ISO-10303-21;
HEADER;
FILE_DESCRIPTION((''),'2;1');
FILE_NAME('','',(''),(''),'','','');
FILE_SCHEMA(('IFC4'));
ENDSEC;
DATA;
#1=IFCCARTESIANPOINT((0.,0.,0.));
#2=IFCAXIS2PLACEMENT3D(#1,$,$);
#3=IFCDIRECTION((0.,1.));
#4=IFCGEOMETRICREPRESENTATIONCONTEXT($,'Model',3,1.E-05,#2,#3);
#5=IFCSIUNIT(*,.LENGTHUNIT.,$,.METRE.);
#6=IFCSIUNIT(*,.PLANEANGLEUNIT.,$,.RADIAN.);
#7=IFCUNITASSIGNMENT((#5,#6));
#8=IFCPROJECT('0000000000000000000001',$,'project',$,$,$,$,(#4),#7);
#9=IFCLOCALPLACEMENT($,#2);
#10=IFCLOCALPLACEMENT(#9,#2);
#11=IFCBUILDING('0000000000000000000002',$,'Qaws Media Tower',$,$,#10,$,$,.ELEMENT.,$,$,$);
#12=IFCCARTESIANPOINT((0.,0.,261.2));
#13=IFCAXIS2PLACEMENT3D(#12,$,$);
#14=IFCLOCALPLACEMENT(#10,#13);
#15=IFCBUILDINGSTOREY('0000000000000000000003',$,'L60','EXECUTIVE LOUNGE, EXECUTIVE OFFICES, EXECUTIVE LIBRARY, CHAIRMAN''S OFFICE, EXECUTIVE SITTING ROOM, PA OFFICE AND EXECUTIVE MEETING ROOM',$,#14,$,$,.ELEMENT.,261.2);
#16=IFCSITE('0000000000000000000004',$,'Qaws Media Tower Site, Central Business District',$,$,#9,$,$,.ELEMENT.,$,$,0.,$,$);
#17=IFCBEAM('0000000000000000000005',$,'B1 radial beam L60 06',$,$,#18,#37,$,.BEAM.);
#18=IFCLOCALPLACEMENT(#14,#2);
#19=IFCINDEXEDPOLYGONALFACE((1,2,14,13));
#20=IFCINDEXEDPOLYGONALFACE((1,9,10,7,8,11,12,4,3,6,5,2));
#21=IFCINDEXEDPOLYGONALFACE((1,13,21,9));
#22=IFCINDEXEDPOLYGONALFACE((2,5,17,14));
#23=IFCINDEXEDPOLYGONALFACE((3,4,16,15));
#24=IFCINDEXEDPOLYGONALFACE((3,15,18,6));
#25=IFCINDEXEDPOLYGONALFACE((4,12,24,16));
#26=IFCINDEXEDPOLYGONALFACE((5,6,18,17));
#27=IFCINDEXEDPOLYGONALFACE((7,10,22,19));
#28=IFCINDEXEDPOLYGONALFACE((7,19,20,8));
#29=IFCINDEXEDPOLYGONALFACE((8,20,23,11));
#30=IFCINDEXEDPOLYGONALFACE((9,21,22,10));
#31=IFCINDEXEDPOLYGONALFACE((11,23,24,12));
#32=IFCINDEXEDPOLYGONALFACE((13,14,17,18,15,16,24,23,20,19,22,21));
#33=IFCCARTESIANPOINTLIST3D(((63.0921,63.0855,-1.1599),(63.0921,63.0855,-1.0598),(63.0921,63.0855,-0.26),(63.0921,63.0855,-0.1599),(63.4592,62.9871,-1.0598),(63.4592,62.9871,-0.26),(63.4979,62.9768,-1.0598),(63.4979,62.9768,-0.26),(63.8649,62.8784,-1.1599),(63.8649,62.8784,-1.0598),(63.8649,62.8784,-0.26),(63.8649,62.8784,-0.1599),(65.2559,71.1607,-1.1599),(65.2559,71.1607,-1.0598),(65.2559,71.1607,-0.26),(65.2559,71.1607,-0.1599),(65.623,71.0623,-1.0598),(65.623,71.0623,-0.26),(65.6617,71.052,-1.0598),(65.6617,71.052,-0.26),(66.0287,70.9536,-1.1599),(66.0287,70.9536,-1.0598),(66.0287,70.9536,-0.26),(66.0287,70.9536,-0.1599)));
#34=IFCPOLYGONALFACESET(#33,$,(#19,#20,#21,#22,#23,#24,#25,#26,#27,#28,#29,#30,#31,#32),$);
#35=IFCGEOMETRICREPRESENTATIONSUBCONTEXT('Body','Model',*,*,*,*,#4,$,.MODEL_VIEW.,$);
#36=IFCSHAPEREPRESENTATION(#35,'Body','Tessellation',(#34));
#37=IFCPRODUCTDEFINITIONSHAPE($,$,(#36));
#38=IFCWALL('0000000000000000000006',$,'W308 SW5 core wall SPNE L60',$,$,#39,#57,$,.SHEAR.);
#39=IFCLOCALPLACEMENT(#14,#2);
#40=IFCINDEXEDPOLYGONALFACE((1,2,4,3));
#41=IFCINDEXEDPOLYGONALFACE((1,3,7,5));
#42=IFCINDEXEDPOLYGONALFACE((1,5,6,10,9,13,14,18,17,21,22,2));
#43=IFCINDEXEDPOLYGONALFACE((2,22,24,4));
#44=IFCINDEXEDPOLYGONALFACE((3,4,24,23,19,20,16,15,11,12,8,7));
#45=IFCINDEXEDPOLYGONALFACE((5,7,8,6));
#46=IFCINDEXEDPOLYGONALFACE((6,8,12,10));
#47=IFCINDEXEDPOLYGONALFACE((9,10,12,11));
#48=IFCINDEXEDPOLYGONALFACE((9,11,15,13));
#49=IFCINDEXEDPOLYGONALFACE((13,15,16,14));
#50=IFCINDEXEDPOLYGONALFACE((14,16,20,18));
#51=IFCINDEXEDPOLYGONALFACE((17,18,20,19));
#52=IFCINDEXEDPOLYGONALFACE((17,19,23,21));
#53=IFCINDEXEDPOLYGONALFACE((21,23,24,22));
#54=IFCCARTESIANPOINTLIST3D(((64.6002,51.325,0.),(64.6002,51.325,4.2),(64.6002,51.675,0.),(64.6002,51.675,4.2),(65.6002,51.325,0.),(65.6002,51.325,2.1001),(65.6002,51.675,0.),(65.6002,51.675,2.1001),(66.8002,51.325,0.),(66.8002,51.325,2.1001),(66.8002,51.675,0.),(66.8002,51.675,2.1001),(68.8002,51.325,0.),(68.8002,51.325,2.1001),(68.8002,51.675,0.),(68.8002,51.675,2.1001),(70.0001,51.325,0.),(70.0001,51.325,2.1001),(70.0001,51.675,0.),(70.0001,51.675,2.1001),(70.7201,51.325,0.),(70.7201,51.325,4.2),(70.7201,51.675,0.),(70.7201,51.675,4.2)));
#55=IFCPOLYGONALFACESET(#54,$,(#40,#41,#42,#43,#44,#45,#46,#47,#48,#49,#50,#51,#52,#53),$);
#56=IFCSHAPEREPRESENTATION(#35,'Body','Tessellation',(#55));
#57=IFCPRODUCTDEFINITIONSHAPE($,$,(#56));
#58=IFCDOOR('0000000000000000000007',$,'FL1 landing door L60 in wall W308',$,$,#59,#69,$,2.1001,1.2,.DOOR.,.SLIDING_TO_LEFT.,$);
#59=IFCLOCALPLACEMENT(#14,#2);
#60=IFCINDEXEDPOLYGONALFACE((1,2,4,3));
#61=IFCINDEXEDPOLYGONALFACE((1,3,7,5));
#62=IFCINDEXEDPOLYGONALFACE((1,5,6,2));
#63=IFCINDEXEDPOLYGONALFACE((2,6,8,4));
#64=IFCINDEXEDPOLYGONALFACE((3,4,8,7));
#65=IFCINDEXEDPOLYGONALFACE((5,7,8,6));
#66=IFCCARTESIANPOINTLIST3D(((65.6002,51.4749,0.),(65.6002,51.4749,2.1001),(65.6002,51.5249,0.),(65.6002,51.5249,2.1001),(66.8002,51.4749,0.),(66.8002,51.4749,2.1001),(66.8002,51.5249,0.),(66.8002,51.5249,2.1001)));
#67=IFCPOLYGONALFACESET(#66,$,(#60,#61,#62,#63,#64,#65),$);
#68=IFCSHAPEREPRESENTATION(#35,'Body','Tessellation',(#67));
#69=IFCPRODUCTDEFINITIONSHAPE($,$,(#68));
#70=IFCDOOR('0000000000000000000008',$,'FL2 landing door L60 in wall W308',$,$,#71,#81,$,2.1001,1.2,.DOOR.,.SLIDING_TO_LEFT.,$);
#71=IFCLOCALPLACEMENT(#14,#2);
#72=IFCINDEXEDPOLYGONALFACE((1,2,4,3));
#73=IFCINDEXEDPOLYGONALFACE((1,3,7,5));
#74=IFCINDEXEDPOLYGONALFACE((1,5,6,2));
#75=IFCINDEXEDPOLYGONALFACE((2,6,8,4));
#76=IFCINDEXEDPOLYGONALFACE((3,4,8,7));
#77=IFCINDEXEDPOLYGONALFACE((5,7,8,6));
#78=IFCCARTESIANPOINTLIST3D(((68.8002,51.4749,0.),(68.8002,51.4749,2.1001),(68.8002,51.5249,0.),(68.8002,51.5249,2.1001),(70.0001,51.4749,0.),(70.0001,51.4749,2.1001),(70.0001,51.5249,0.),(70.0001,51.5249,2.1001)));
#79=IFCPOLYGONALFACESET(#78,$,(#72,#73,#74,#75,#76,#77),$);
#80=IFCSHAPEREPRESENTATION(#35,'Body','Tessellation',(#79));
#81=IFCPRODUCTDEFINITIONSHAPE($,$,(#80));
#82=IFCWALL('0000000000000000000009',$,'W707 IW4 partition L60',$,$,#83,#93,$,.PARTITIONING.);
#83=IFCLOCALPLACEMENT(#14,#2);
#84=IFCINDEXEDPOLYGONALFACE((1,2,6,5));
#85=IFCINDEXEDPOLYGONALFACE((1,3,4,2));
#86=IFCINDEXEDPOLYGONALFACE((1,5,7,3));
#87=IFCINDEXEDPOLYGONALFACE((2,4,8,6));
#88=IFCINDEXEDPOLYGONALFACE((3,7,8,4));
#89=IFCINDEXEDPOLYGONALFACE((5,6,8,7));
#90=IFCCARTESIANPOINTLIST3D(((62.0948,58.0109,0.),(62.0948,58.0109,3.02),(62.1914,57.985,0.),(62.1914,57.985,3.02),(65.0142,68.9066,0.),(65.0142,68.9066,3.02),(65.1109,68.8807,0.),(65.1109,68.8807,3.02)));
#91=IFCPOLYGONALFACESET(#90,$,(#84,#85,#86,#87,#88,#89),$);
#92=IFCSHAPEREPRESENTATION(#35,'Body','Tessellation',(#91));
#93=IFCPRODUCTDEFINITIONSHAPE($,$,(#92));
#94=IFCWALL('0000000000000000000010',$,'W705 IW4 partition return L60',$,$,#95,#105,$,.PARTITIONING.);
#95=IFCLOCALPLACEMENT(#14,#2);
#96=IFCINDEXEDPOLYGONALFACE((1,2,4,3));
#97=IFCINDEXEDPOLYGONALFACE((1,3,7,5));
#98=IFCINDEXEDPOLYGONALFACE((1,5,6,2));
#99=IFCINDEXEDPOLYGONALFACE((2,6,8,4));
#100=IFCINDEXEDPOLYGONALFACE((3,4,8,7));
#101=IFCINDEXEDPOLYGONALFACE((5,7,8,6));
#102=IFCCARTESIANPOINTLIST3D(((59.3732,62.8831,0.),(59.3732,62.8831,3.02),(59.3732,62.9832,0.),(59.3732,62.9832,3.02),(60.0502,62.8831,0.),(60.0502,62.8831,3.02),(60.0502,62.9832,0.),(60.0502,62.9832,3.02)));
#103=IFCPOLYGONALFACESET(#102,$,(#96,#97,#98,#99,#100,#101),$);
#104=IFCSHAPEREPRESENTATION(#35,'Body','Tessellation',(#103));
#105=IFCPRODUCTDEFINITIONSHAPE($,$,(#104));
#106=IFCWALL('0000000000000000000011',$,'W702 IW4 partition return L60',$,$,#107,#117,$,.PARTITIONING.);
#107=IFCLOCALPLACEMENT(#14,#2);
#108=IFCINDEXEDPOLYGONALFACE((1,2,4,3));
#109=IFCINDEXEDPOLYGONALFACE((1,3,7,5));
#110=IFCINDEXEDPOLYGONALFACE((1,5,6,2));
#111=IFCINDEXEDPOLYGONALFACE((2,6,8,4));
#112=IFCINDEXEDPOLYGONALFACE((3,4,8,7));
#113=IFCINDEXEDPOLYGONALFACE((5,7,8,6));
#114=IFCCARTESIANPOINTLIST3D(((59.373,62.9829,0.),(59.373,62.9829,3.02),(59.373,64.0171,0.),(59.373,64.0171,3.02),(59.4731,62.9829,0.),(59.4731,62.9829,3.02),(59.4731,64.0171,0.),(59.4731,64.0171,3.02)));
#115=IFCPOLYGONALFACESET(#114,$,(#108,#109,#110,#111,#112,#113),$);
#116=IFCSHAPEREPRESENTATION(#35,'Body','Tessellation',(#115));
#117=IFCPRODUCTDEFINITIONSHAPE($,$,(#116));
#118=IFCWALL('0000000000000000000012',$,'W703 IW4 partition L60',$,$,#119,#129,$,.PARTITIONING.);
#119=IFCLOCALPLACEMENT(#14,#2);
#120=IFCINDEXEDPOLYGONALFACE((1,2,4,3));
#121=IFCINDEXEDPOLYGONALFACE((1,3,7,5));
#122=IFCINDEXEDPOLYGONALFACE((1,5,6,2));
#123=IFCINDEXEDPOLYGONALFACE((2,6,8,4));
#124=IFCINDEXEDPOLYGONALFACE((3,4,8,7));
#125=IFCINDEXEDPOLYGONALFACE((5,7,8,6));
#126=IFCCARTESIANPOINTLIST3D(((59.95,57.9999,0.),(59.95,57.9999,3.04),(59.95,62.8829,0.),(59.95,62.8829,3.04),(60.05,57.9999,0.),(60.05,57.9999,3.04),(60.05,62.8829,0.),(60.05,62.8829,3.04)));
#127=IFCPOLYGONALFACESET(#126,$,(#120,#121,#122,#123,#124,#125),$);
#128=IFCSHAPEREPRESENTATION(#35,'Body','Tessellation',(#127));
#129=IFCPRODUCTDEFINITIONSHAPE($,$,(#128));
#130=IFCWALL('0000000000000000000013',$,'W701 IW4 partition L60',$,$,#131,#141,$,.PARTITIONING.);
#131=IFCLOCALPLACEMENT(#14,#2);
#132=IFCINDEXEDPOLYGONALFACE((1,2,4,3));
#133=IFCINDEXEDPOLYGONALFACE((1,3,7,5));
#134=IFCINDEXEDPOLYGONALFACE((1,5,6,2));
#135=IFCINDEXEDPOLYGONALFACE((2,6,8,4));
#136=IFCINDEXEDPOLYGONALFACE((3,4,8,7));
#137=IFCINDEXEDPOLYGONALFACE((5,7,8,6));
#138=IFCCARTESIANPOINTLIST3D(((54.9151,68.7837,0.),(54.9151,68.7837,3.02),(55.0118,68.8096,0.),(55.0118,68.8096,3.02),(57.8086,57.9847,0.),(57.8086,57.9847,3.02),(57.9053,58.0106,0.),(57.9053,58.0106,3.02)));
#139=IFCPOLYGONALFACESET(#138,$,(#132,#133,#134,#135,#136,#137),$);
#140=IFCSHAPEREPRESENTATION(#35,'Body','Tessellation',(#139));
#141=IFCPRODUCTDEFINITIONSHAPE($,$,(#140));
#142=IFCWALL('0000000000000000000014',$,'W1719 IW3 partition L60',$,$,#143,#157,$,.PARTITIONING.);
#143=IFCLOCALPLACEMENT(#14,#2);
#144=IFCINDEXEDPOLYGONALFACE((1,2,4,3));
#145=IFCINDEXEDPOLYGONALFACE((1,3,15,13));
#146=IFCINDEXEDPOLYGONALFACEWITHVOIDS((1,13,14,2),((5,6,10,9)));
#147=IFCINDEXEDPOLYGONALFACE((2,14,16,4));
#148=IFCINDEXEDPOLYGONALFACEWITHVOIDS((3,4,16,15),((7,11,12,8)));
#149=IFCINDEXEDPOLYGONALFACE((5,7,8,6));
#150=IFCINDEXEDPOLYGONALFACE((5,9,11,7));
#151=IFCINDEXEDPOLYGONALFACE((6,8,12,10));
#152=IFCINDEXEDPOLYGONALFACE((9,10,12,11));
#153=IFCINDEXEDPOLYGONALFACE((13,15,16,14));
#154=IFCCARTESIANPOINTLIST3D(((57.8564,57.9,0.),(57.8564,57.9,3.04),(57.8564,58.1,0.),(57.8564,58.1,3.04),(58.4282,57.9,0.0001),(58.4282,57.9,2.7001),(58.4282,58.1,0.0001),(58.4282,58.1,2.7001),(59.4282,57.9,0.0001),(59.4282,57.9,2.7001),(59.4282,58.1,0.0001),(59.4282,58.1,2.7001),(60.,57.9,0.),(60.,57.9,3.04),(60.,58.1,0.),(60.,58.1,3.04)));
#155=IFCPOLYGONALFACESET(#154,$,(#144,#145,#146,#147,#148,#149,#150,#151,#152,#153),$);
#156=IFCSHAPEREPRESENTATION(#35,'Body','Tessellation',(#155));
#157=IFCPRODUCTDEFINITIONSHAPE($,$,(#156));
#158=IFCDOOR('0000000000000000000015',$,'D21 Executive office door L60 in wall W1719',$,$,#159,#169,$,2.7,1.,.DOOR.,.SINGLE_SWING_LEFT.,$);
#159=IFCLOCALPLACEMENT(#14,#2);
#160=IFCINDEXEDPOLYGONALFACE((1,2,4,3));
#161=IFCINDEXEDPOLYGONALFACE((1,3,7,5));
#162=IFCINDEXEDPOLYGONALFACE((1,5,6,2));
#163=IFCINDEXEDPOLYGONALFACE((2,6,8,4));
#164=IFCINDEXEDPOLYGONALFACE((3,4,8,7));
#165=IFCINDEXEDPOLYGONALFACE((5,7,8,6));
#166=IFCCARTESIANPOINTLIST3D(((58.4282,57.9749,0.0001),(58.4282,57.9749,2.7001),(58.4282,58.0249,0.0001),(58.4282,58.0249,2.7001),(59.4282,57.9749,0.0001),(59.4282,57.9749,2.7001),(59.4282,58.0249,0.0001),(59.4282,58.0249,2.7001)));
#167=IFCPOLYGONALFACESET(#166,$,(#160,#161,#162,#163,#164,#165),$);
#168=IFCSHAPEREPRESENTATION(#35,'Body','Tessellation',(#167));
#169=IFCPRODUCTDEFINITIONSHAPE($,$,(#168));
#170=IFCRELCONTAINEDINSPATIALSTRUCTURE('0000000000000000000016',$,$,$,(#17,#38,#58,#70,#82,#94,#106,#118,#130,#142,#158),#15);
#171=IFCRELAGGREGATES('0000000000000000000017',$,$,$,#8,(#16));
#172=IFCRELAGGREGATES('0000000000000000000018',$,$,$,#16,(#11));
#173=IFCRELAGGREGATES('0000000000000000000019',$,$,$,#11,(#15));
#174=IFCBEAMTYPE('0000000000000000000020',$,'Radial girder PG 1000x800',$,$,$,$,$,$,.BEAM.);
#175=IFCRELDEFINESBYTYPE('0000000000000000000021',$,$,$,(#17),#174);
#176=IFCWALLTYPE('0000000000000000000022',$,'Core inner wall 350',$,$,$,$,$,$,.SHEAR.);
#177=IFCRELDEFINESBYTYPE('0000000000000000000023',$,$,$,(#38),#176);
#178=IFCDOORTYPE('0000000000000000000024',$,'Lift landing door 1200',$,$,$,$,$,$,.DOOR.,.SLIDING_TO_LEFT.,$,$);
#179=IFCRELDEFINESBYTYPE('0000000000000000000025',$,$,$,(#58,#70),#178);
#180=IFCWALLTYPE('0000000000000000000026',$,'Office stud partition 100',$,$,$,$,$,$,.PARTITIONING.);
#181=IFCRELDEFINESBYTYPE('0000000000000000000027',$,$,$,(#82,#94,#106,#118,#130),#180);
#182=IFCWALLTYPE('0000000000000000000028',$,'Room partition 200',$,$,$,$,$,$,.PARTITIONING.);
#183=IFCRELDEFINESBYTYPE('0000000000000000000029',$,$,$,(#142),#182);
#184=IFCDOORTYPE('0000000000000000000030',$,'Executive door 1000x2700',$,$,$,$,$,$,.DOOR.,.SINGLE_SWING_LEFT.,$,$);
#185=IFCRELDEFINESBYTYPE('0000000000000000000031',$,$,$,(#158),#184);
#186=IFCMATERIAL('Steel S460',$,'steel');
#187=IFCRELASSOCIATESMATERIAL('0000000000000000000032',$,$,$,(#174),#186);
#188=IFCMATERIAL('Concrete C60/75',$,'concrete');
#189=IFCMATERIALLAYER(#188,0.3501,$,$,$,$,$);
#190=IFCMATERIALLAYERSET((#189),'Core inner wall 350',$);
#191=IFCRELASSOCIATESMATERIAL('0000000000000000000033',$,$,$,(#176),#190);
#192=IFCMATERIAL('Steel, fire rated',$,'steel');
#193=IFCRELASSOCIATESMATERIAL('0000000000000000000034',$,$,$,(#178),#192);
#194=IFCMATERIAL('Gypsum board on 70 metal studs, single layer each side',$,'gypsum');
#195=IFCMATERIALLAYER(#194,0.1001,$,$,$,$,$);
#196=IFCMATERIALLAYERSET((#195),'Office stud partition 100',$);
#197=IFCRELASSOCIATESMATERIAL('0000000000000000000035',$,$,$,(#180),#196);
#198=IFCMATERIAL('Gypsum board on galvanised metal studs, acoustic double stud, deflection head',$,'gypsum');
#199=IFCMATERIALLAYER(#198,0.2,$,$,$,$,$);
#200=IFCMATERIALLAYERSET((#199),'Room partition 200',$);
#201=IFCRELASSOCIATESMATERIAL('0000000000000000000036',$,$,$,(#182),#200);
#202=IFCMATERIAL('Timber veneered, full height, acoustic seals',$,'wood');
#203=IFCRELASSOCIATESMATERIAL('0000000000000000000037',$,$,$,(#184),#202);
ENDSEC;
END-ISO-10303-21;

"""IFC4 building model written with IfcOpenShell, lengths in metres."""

from ifc_helpers import new_model, si_unit, direction, frame, frame_2d, origin, origin_2d, place, context, subcontext, project, spatial, rectangle, i_section, extrude, material, layer, layer_set, material_profile, profile_set, type_object, element, fill, save


model = new_model("IFC4")

# Units and contexts
model_context = context("Model", 3, precision=1e-05, world=origin(), true_north=direction((0.0, 1.0)))
body_context = subcontext(model_context, "Body", "Model", "MODEL_VIEW")
ifc_project = project(units=[si_unit("LENGTHUNIT", "METRE"), si_unit("PLANEANGLEUNIT", "RADIAN")], contexts=[model_context])

# Site, building, storey
site_placement = place(None, origin())
site = spatial("IfcSite", under=ifc_project, at=site_placement, Name="Qaws Media Tower Site, Central Business District", CompositionType="ELEMENT", RefElevation=0.0)
building_placement = place(site_placement, origin())
building = spatial("IfcBuilding", under=site, at=building_placement, Name="Qaws Media Tower", CompositionType="ELEMENT")
storey_placement = place(building_placement, frame((0.0, 0.0, 261.2)))
storey = spatial("IfcBuildingStorey", under=building, at=storey_placement, Name="L60", Description="EXECUTIVE LOUNGE, EXECUTIVE OFFICES, EXECUTIVE LIBRARY, CHAIRMAN'S OFFICE, EXECUTIVE SITTING ROOM, PA OFFICE AND EXECUTIVE MEETING ROOM", CompositionType="ELEMENT", Elevation=261.2)

# Beam
ifc_material_1 = material(Name="Steel S460", Category="steel")
ifc_material_profile_1 = material_profile(ifc_material_1, i_section(OverallWidth=0.8, OverallDepth=1.0, WebThickness=0.04, FlangeThickness=0.1001, at=origin_2d()), Name="PG 1000x800")
ifc_profile_set_1 = profile_set([ifc_material_profile_1], Name="Steel S460")
beam_type_1 = type_object("IfcBeamType", Name="Radial girder PG 1000x800", PredefinedType="BEAM", material=ifc_profile_set_1)
beam_1_placement = place(storey_placement, frame((63.4785, 62.9819, -0.6599), z_axis=(0.258828, 0.965924, 0.0), x_axis=(-0.965924, 0.258828, 0.0)))
element("IfcBeam", 1, at=beam_1_placement, inside=storey, type_object=beam_type_1, Name="B1 radial beam L60 06", PredefinedType="BEAM", context=body_context, shape_type="SweptSolid", body=[
    extrude(i_section(OverallWidth=0.8, OverallDepth=1.0, WebThickness=0.04, FlangeThickness=0.1001, at=origin_2d()), origin(), (0.0, 0.0, 1.0), 8.3601),
])

# Wall, openings, doors
ifc_material_2 = material(Name="Concrete C60/75", Category="concrete")
ifc_layer_1 = layer(ifc_material_2, 0.3501)
ifc_layer_set_1 = layer_set([ifc_layer_1], Name="Core inner wall 350")
wall_type_1 = type_object("IfcWallType", Name="Core inner wall 350", PredefinedType="SHEAR", material=ifc_layer_set_1)
wall_1_placement = place(storey_placement, frame((64.6001, 51.5, 0.0), z_axis=(0.0, 0.0, 1.0), x_axis=(1.0, 0.0, 0.0)))
wall_1 = element("IfcWall", 2, at=wall_1_placement, inside=storey, type_object=wall_type_1, Name="W308 SW5 core wall SPNE L60", PredefinedType="SHEAR", context=body_context, shape_type="SweptSolid", body=[
    extrude(rectangle(XDim=6.1199, YDim=0.3501, at=frame_2d((3.0601, 0.0))), origin(), (0.0, 0.0, 1.0), 4.2),
])
opening_1_placement = place(wall_1_placement, frame((1.0, 0.0, 0.0)))
opening_1 = element("IfcOpeningElement", 3, at=opening_1_placement, cuts=wall_1, PredefinedType="OPENING", context=body_context, shape_type="SweptSolid", body=[
    extrude(rectangle(XDim=1.2, YDim=2.1001, at=frame_2d((0.6001, 1.05))), frame((0.0, 0.1851, 0.0), z_axis=(0.0, -1.0, 0.0), x_axis=(1.0, 0.0, 0.0)), (0.0, 0.0, 1.0), 0.3701),
])
opening_2_placement = place(wall_1_placement, frame((4.2, 0.0, 0.0)))
opening_2 = element("IfcOpeningElement", 4, at=opening_2_placement, cuts=wall_1, PredefinedType="OPENING", context=body_context, shape_type="SweptSolid", body=[
    extrude(rectangle(XDim=1.2, YDim=2.1001, at=frame_2d((0.6001, 1.05))), frame((0.0, 0.1851, 0.0), z_axis=(0.0, -1.0, 0.0), x_axis=(1.0, 0.0, 0.0)), (0.0, 0.0, 1.0), 0.3701),
])
ifc_material_3 = material(Name="Steel, fire rated", Category="steel")
door_type_1 = type_object("IfcDoorType", Name="Lift landing door 1200", OperationType="SLIDING_TO_LEFT", PredefinedType="DOOR", material=ifc_material_3)
door_1_placement = place(opening_1_placement, origin())
door_1 = element("IfcDoor", 5, at=door_1_placement, inside=storey, type_object=door_type_1, Name="FL1 landing door L60 in wall W308", OperationType="SLIDING_TO_LEFT", OverallHeight=2.1001, OverallWidth=1.2, PredefinedType="DOOR", context=body_context, shape_type="SweptSolid", body=[
    extrude(rectangle(XDim=1.2, YDim=2.1001, at=frame_2d((0.6001, 1.05))), frame((0.0, 0.0249, 0.0), z_axis=(0.0, -1.0, 0.0), x_axis=(1.0, 0.0, 0.0)), (0.0, 0.0, 1.0), 0.05),
])
fill(opening_1, door_1)
door_2_placement = place(opening_2_placement, origin())
door_2 = element("IfcDoor", 6, at=door_2_placement, inside=storey, type_object=door_type_1, Name="FL2 landing door L60 in wall W308", OperationType="SLIDING_TO_LEFT", OverallHeight=2.1001, OverallWidth=1.2, PredefinedType="DOOR", context=body_context, shape_type="SweptSolid", body=[
    extrude(rectangle(XDim=1.2, YDim=2.1001, at=frame_2d((0.6001, 1.05))), frame((0.0, 0.0249, 0.0), z_axis=(0.0, -1.0, 0.0), x_axis=(1.0, 0.0, 0.0)), (0.0, 0.0, 1.0), 0.05),
])
fill(opening_2, door_2)

# Walls
ifc_material_4 = material(Name="Gypsum board on 70 metal studs, single layer each side", Category="gypsum")
ifc_layer_2 = layer(ifc_material_4, 0.1001)
ifc_layer_set_2 = layer_set([ifc_layer_2], Name="Office stud partition 100")
wall_type_2 = type_object("IfcWallType", Name="Office stud partition 100", PredefinedType="PARTITIONING", material=ifc_layer_set_2)
wall_2_placement = place(storey_placement, frame((62.1431, 57.9978, 0.0), z_axis=(0.0, 0.0, 1.0), x_axis=(0.258813, 0.965927, 0.0)))
element("IfcWall", 7, at=wall_2_placement, inside=storey, type_object=wall_type_2, Name="W707 IW4 partition L60", PredefinedType="PARTITIONING", context=body_context, shape_type="SweptSolid", body=[
    extrude(rectangle(XDim=11.28, YDim=0.1001, at=frame_2d((5.6401, 0.0))), origin(), (0.0, 0.0, 1.0), 3.02),
])
wall_3_placement = place(storey_placement, frame((60.05, 62.9331, 0.0), z_axis=(0.0, 0.0, 1.0), x_axis=(-1.0, 0.0, 0.0)))
element("IfcWall", 8, at=wall_3_placement, inside=storey, type_object=wall_type_2, Name="W705 IW4 partition return L60", PredefinedType="PARTITIONING", context=body_context, shape_type="SweptSolid", body=[
    extrude(rectangle(XDim=0.677, YDim=0.1001, at=frame_2d((0.3384, 0.0))), origin(), (0.0, 0.0, 1.0), 3.02),
])
wall_4_placement = place(storey_placement, frame((59.4231, 62.9829, 0.0), z_axis=(0.0, 0.0, 1.0), x_axis=(0.0, 1.0, 0.0)))
element("IfcWall", 9, at=wall_4_placement, inside=storey, type_object=wall_type_2, Name="W702 IW4 partition return L60", PredefinedType="PARTITIONING", context=body_context, shape_type="SweptSolid", body=[
    extrude(rectangle(XDim=1.0342, YDim=0.1001, at=frame_2d((0.5171, 0.0))), origin(), (0.0, 0.0, 1.0), 3.02),
])
wall_5_placement = place(storey_placement, frame((60.0, 58.0, 0.0), z_axis=(0.0, 0.0, 1.0), x_axis=(0.0, 1.0, 0.0)))
element("IfcWall", 10, at=wall_5_placement, inside=storey, type_object=wall_type_2, Name="W703 IW4 partition L60", PredefinedType="PARTITIONING", context=body_context, shape_type="SweptSolid", body=[
    extrude(rectangle(XDim=4.8831, YDim=0.1001, at=frame_2d((2.4414, 0.0))), origin(), (0.0, 0.0, 1.0), 3.04),
])
wall_6_placement = place(storey_placement, frame((57.8569, 57.9978, 0.0), z_axis=(0.0, 0.0, 1.0), x_axis=(-0.258815, 0.965927, 0.0)))
element("IfcWall", 11, at=wall_6_placement, inside=storey, type_object=wall_type_2, Name="W701 IW4 partition L60", PredefinedType="PARTITIONING", context=body_context, shape_type="SweptSolid", body=[
    extrude(rectangle(XDim=11.1799, YDim=0.1001, at=frame_2d((5.5898, 0.0))), origin(), (0.0, 0.0, 1.0), 3.02),
])

# Wall, opening, door
ifc_material_5 = material(Name="Gypsum board on galvanised metal studs, acoustic double stud, deflection head", Category="gypsum")
ifc_layer_3 = layer(ifc_material_5, 0.2)
ifc_layer_set_3 = layer_set([ifc_layer_3], Name="Room partition 200")
wall_type_3 = type_object("IfcWallType", Name="Room partition 200", PredefinedType="PARTITIONING", material=ifc_layer_set_3)
wall_7_placement = place(storey_placement, frame((57.8564, 58.0, 0.0), z_axis=(0.0, 0.0, 1.0), x_axis=(1.0, 0.0, 0.0)))
wall_7 = element("IfcWall", 12, at=wall_7_placement, inside=storey, type_object=wall_type_3, Name="W1719 IW3 partition L60", PredefinedType="PARTITIONING", context=body_context, shape_type="SweptSolid", body=[
    extrude(rectangle(XDim=2.1436, YDim=0.2, at=frame_2d((1.0718, 0.0))), origin(), (0.0, 0.0, 1.0), 3.04),
])
opening_3_placement = place(wall_7_placement, frame((0.5718, 0.0, 0.0)))
opening_3 = element("IfcOpeningElement", 13, at=opening_3_placement, cuts=wall_7, PredefinedType="OPENING", context=body_context, shape_type="SweptSolid", body=[
    extrude(rectangle(XDim=1.0, YDim=2.7, at=frame_2d((0.5, 1.3501))), frame((0.0, 0.1099, 0.0), z_axis=(0.0, -1.0, 0.0), x_axis=(1.0, 0.0, 0.0)), (0.0, 0.0, 1.0), 0.22),
])
ifc_material_6 = material(Name="Timber veneered, full height, acoustic seals", Category="wood")
door_type_2 = type_object("IfcDoorType", Name="Executive door 1000x2700", OperationType="SINGLE_SWING_LEFT", PredefinedType="DOOR", material=ifc_material_6)
door_3_placement = place(opening_3_placement, origin())
door_3 = element("IfcDoor", 14, at=door_3_placement, inside=storey, type_object=door_type_2, Name="D21 Executive office door L60 in wall W1719", OperationType="SINGLE_SWING_LEFT", OverallHeight=2.7, OverallWidth=1.0, PredefinedType="DOOR", context=body_context, shape_type="SweptSolid", body=[
    extrude(rectangle(XDim=1.0, YDim=2.7, at=frame_2d((0.5, 1.3501))), frame((0.0, 0.0249, 0.0), z_axis=(0.0, -1.0, 0.0), x_axis=(1.0, 0.0, 0.0)), (0.0, 0.0, 1.0), 0.05),
])
fill(opening_3, door_3)

save(model, "model.ifc")
